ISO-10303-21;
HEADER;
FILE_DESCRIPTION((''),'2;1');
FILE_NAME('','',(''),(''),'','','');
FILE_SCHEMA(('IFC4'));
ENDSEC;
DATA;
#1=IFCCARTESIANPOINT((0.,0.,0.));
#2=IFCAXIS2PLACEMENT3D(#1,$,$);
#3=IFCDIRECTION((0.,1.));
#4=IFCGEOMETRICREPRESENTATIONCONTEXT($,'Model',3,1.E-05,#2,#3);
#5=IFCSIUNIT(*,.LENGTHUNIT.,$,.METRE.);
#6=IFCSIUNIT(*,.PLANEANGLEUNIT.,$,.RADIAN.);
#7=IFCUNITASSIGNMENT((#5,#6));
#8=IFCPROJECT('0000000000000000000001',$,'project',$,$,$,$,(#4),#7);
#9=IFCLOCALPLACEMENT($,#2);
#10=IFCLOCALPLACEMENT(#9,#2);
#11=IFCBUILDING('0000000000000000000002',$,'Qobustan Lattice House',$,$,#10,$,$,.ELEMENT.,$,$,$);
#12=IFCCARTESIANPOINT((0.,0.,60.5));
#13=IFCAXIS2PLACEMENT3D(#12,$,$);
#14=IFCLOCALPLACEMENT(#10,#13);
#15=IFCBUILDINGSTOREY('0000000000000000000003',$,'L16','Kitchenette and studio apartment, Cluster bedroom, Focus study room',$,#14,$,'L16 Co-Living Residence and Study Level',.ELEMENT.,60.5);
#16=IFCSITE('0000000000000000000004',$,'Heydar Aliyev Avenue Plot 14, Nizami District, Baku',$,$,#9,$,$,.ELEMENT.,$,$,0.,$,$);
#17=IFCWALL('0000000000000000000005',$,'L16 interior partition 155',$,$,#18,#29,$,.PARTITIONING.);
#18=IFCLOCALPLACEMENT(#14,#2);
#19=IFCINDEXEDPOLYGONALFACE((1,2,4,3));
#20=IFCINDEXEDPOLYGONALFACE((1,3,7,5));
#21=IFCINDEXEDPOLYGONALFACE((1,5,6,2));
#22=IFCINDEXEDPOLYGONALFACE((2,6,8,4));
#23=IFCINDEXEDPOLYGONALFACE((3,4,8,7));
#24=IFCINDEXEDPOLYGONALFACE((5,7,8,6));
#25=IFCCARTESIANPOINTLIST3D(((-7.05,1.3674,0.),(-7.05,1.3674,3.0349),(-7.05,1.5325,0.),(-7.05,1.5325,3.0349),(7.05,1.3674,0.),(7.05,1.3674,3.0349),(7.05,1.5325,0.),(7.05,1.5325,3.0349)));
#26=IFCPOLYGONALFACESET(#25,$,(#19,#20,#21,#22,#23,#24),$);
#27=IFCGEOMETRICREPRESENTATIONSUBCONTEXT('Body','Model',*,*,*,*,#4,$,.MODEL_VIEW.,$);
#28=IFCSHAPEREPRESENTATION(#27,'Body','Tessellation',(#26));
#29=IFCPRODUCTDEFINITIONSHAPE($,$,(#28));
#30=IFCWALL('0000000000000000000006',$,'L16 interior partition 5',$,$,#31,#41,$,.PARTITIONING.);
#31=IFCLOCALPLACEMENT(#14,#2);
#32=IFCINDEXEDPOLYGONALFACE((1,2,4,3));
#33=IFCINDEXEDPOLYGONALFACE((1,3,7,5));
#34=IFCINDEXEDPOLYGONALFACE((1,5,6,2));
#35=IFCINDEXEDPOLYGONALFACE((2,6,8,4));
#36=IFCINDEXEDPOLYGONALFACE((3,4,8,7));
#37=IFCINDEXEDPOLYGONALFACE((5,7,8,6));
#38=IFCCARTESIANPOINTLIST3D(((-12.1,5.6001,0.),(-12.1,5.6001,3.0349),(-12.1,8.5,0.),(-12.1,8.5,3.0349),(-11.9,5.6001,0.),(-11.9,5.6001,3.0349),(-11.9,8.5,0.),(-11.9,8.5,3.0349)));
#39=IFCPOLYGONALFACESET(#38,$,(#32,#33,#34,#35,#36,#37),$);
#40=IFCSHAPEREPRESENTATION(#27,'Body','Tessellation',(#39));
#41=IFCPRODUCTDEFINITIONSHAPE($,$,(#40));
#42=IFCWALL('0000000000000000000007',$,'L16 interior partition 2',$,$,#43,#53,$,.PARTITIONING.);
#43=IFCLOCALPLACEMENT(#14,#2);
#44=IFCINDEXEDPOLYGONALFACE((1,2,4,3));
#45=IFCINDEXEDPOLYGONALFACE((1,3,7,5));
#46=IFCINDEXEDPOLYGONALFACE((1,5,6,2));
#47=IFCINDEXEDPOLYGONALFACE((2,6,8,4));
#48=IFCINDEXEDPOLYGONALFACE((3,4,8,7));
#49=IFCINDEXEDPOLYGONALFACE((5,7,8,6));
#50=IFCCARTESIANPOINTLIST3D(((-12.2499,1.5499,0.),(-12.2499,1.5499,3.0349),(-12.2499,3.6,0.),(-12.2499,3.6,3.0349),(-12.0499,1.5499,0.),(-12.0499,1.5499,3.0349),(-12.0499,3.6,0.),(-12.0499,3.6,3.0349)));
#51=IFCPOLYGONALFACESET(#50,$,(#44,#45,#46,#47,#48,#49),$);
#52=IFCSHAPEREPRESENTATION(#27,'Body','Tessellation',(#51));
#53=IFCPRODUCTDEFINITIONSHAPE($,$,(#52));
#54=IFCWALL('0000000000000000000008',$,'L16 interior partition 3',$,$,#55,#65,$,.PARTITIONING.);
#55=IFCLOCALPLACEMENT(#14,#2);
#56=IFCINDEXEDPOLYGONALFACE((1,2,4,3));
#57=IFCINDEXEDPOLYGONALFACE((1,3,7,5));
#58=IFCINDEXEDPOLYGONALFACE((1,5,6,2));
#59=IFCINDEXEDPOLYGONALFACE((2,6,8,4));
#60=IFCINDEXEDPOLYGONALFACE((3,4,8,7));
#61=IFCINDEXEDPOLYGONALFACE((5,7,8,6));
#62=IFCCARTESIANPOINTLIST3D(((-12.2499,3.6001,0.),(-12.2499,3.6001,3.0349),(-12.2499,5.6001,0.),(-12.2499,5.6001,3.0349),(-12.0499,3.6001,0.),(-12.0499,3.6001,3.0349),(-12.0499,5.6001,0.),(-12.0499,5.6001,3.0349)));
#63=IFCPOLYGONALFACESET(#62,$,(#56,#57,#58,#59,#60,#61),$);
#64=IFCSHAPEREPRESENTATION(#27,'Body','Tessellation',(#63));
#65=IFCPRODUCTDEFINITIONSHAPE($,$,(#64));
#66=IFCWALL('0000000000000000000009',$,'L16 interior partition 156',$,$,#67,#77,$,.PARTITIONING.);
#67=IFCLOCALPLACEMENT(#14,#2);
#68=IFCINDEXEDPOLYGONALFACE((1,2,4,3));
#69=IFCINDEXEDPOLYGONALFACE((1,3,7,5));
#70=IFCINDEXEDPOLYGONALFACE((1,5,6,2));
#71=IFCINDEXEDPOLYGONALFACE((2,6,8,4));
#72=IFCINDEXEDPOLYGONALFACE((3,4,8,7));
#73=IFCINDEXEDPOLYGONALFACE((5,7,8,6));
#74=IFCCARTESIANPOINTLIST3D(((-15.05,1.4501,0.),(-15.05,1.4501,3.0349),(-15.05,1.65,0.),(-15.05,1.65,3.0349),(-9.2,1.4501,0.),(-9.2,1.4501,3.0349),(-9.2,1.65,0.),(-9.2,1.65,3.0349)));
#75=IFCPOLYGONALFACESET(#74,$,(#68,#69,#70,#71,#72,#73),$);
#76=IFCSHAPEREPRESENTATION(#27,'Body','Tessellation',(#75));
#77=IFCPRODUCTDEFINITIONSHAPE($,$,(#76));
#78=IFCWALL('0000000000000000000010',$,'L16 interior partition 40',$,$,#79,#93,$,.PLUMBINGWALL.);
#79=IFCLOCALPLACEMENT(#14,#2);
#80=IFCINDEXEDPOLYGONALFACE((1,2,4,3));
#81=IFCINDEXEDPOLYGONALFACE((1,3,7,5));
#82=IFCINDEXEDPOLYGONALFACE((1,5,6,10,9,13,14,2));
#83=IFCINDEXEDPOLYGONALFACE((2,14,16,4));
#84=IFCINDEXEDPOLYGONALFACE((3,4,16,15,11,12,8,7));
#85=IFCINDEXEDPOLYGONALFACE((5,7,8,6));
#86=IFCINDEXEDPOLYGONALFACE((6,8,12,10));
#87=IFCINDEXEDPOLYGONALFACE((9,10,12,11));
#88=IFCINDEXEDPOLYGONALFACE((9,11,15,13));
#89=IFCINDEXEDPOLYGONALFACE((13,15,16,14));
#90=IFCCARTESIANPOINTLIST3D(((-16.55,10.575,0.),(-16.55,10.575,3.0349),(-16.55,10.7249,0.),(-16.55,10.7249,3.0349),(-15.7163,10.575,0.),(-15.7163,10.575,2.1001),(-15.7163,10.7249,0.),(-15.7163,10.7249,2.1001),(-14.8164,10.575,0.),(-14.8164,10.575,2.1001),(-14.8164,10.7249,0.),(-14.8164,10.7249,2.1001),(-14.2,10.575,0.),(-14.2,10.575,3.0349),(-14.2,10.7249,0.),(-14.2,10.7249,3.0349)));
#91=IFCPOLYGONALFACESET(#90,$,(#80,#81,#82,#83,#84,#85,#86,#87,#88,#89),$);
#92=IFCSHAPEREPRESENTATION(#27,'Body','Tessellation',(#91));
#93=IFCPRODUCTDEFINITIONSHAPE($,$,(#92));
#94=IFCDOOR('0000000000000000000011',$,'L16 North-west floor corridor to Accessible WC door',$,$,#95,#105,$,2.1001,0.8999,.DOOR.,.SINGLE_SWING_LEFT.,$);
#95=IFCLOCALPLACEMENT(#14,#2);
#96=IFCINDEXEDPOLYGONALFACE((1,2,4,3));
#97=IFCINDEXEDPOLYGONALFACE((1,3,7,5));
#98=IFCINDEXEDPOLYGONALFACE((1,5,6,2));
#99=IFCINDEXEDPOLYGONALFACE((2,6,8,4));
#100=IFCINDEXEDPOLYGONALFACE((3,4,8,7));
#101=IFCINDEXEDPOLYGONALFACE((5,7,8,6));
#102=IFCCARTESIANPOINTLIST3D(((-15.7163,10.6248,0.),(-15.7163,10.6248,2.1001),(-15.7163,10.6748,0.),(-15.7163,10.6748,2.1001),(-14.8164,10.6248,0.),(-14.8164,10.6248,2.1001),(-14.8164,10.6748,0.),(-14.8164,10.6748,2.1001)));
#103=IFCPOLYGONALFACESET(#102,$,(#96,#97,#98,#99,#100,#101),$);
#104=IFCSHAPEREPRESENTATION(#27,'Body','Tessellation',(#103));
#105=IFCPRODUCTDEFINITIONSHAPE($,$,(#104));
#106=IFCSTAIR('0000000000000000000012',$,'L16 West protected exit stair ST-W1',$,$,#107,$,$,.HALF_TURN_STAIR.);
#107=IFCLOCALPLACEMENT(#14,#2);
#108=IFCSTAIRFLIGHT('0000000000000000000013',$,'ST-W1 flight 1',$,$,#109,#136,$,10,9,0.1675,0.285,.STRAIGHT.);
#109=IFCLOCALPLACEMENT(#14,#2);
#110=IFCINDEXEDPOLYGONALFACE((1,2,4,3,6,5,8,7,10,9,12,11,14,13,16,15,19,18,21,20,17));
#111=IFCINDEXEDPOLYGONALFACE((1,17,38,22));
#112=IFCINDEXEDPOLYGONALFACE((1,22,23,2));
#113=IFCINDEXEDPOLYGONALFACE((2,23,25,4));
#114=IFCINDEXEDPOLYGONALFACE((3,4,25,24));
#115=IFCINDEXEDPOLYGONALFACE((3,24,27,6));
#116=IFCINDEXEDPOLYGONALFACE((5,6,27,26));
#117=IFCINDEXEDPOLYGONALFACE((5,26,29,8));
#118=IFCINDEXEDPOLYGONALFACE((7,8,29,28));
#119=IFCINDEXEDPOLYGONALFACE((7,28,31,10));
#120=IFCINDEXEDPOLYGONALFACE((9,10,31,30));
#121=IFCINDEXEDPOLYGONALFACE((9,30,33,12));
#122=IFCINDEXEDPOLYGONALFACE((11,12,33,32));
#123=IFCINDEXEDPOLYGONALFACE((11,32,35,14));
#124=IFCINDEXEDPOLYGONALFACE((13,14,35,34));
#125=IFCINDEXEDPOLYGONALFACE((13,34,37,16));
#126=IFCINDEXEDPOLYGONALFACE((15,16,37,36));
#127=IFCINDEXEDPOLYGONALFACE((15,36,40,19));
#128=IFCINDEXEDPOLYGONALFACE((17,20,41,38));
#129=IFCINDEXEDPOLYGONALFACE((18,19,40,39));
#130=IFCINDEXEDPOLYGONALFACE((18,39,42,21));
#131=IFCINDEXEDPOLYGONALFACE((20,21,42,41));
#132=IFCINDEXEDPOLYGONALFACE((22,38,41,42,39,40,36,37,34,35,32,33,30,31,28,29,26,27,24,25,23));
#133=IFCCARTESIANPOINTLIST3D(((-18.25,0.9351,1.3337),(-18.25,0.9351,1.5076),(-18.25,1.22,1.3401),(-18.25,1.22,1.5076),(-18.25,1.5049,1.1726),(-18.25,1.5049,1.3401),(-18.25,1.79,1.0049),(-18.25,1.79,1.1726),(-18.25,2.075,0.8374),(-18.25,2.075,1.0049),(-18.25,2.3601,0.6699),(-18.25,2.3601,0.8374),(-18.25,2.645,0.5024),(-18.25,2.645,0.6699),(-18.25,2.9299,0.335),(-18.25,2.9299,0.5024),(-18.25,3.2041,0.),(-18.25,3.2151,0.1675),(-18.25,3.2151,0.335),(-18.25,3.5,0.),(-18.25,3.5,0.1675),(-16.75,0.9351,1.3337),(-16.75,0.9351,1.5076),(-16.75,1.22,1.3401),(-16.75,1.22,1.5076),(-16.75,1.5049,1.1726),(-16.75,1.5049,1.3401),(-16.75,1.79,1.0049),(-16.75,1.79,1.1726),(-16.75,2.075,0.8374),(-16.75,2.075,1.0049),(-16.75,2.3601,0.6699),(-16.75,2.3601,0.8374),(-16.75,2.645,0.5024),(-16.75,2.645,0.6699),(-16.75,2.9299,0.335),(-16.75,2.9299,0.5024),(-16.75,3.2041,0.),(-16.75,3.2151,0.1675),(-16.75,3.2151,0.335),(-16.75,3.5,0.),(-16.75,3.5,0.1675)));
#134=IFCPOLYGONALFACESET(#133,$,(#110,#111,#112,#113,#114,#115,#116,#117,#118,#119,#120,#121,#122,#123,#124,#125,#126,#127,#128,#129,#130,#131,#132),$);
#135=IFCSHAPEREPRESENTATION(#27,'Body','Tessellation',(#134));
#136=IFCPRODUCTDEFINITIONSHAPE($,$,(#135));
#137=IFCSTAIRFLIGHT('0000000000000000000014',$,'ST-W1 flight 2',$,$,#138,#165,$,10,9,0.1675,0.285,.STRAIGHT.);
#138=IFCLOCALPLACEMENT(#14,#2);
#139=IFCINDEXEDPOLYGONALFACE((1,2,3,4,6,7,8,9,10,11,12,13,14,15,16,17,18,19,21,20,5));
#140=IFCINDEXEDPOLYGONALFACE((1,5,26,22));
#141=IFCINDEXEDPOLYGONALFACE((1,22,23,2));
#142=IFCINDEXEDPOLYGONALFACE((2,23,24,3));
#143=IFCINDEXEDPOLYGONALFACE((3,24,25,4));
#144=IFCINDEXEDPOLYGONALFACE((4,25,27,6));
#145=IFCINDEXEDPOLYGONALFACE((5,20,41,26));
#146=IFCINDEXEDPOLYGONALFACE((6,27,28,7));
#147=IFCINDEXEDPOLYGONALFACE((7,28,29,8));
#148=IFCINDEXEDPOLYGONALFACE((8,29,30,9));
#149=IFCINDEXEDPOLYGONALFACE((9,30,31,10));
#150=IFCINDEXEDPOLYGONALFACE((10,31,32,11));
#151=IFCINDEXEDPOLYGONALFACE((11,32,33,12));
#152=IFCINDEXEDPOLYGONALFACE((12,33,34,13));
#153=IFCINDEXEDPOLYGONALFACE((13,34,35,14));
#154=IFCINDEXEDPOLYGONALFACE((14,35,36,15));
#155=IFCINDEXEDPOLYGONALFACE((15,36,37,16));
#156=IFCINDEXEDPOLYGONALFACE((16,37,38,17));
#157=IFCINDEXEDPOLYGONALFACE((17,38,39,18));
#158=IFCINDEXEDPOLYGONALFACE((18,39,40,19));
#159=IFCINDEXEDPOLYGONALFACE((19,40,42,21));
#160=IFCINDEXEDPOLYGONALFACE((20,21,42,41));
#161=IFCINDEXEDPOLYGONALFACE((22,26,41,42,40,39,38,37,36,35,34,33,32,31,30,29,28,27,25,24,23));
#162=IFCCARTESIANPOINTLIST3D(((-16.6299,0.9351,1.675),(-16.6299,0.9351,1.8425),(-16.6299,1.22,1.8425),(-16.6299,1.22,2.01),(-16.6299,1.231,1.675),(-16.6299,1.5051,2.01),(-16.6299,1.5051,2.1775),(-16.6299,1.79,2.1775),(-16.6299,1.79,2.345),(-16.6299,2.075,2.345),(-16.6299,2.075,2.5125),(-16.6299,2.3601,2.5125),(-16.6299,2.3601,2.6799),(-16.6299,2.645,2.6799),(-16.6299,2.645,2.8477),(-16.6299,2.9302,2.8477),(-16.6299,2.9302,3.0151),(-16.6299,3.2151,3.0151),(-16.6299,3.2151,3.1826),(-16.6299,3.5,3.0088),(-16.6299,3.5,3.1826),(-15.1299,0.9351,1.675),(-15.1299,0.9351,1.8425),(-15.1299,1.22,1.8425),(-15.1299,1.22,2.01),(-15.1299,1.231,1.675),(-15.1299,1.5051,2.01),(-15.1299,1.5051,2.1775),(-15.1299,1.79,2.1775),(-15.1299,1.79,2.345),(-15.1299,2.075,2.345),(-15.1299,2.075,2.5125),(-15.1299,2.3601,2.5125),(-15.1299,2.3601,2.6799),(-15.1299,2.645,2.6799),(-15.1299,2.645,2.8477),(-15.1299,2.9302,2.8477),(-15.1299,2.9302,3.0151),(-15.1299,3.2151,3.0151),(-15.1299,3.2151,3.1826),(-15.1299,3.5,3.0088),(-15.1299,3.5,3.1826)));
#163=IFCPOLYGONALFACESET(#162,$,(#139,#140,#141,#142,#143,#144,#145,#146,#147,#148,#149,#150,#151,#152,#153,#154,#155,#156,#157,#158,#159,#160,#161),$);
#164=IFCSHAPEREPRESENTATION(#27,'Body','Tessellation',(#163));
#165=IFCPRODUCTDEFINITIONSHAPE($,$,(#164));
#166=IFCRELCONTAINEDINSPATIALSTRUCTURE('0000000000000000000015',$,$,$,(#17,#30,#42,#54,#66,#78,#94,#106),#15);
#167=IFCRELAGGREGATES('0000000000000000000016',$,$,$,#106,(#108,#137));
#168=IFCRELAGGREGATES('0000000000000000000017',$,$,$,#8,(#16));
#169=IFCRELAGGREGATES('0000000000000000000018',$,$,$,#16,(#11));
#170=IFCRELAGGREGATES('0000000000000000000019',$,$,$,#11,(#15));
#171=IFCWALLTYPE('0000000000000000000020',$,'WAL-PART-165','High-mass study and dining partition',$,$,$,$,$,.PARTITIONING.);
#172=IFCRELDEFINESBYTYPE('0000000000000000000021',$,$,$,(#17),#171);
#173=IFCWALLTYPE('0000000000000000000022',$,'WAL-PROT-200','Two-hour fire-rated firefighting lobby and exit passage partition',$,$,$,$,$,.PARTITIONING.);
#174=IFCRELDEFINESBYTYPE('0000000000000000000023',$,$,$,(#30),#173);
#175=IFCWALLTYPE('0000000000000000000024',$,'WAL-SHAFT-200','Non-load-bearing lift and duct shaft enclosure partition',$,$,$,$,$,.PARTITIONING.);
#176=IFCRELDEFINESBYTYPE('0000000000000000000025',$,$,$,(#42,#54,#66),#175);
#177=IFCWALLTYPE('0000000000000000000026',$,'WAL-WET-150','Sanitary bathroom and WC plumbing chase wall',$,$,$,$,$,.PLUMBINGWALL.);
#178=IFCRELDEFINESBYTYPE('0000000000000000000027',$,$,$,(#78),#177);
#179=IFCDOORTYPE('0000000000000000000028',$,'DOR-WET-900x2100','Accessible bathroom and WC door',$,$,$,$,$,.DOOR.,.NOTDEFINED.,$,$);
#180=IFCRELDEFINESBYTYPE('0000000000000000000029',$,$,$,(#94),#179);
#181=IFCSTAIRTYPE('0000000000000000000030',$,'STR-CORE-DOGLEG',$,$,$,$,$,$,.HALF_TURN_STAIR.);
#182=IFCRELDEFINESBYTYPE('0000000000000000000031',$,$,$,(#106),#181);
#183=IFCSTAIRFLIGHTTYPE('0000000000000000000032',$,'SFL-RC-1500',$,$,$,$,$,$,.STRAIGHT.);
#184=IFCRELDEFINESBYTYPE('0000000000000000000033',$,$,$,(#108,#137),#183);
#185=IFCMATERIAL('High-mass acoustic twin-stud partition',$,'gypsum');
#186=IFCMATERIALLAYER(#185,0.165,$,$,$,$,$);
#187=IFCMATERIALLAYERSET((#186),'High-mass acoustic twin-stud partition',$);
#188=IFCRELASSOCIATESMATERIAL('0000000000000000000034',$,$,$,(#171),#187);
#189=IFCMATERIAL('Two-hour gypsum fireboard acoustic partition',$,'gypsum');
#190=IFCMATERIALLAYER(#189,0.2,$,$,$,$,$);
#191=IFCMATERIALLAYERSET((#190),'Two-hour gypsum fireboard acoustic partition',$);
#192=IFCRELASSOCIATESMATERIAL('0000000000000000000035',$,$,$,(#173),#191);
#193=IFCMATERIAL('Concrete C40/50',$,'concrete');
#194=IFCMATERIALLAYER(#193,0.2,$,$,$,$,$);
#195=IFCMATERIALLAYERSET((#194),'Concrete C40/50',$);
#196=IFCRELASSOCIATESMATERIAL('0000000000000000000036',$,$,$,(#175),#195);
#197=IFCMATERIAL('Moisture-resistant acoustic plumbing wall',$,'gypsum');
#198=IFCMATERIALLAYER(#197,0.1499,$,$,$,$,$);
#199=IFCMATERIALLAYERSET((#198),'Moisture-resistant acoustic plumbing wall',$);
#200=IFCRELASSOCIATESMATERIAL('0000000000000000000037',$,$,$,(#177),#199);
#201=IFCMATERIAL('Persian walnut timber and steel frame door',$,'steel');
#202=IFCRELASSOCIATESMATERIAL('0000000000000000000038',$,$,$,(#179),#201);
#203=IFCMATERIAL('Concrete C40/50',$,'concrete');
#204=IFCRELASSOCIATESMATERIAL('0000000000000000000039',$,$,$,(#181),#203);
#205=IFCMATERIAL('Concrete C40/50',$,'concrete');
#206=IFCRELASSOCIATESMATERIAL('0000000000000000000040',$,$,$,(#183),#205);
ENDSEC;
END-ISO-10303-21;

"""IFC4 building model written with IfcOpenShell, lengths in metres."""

from ifc_helpers import new_model, si_unit, direction, frame, frame_2d, origin, place, context, subcontext, project, spatial, polyline, rectangle, outline, extrude, material, layer, layer_set, type_object, element, fill, aggregate, save


model = new_model("IFC4")

# Units and contexts
model_context = context("Model", 3, precision=1e-05, world=origin(), true_north=direction((0.0, 1.0)))
body_context = subcontext(model_context, "Body", "Model", "MODEL_VIEW")
ifc_project = project(units=[si_unit("LENGTHUNIT", "METRE"), si_unit("PLANEANGLEUNIT", "RADIAN")], contexts=[model_context])

# Site, building, storey
site_placement = place(None, origin())
site = spatial("IfcSite", under=ifc_project, at=site_placement, Name="Heydar Aliyev Avenue Plot 14, Nizami District, Baku", CompositionType="ELEMENT", RefElevation=0.0)
building_placement = place(site_placement, origin())
building = spatial("IfcBuilding", under=site, at=building_placement, Name="Qobustan Lattice House", CompositionType="ELEMENT")
storey_placement = place(building_placement, frame((0.0, 0.0, 60.5)))
storey = spatial("IfcBuildingStorey", under=building, at=storey_placement, Name="L16", Description="Kitchenette and studio apartment, Cluster bedroom, Focus study room", LongName="L16 Co-Living Residence and Study Level", CompositionType="ELEMENT", Elevation=60.5)

# Wall
ifc_material_1 = material(Name="High-mass acoustic twin-stud partition", Category="gypsum")
ifc_layer_1 = layer(ifc_material_1, 0.165)
ifc_layer_set_1 = layer_set([ifc_layer_1], Name="High-mass acoustic twin-stud partition")
wall_type_1 = type_object("IfcWallType", Name="WAL-PART-165", Description="High-mass study and dining partition", PredefinedType="PARTITIONING", material=ifc_layer_set_1)
wall_1_placement = place(storey_placement, frame((-7.05, 1.45, 0.0), z_axis=(0.0, 0.0, 1.0), x_axis=(1.0, 0.0, 0.0)))
element("IfcWall", 1, at=wall_1_placement, inside=storey, type_object=wall_type_1, Name="L16 interior partition 155", PredefinedType="PARTITIONING", context=body_context, shape_type="SweptSolid", body=[
    extrude(rectangle(XDim=14.1001, YDim=0.165, at=frame_2d((7.05, 0.0))), origin(), (0.0, 0.0, 1.0), 3.0349),
])

# Shared definitions
ifc_material_2 = material(Name="Two-hour gypsum fireboard acoustic partition", Category="gypsum")
ifc_layer_2 = layer(ifc_material_2, 0.2)
ifc_layer_set_2 = layer_set([ifc_layer_2], Name="Two-hour gypsum fireboard acoustic partition")
wall_type_2 = type_object("IfcWallType", Name="WAL-PROT-200", Description="Two-hour fire-rated firefighting lobby and exit passage partition", PredefinedType="PARTITIONING", material=ifc_layer_set_2)

# Walls
wall_2_placement = place(storey_placement, frame((-12.0, 5.6001, 0.0), z_axis=(0.0, 0.0, 1.0), x_axis=(0.0, 1.0, 0.0)))
element("IfcWall", 2, at=wall_2_placement, inside=storey, type_object=wall_type_2, Name="L16 interior partition 5", PredefinedType="PARTITIONING", context=body_context, shape_type="SweptSolid", body=[
    extrude(rectangle(XDim=2.8999, YDim=0.2, at=frame_2d((1.45, 0.0))), origin(), (0.0, 0.0, 1.0), 3.0349),
])
ifc_material_3 = material(Name="Concrete C40/50", Category="concrete")
ifc_layer_3 = layer(ifc_material_3, 0.2)
ifc_layer_set_3 = layer_set([ifc_layer_3], Name="Concrete C40/50")
wall_type_3 = type_object("IfcWallType", Name="WAL-SHAFT-200", Description="Non-load-bearing lift and duct shaft enclosure partition", PredefinedType="PARTITIONING", material=ifc_layer_set_3)
wall_3_placement = place(storey_placement, frame((-12.1499, 1.55, 0.0), z_axis=(0.0, 0.0, 1.0), x_axis=(0.0, 1.0, 0.0)))
element("IfcWall", 3, at=wall_3_placement, inside=storey, type_object=wall_type_3, Name="L16 interior partition 2", PredefinedType="PARTITIONING", context=body_context, shape_type="SweptSolid", body=[
    extrude(rectangle(XDim=2.05, YDim=0.2, at=frame_2d((1.0249, 0.0))), origin(), (0.0, 0.0, 1.0), 3.0349),
])
wall_4_placement = place(storey_placement, frame((-12.1499, 3.6001, 0.0), z_axis=(0.0, 0.0, 1.0), x_axis=(0.0, 1.0, 0.0)))
element("IfcWall", 4, at=wall_4_placement, inside=storey, type_object=wall_type_3, Name="L16 interior partition 3", PredefinedType="PARTITIONING", context=body_context, shape_type="SweptSolid", body=[
    extrude(rectangle(XDim=2.0, YDim=0.2, at=frame_2d((1.0, 0.0))), origin(), (0.0, 0.0, 1.0), 3.0349),
])
wall_5_placement = place(storey_placement, frame((-15.05, 1.55, 0.0), z_axis=(0.0, 0.0, 1.0), x_axis=(1.0, 0.0, 0.0)))
element("IfcWall", 5, at=wall_5_placement, inside=storey, type_object=wall_type_3, Name="L16 interior partition 156", PredefinedType="PARTITIONING", context=body_context, shape_type="SweptSolid", body=[
    extrude(rectangle(XDim=5.8501, YDim=0.2, at=frame_2d((2.925, 0.0))), origin(), (0.0, 0.0, 1.0), 3.0349),
])

# Wall, opening, door
ifc_material_4 = material(Name="Moisture-resistant acoustic plumbing wall", Category="gypsum")
ifc_layer_4 = layer(ifc_material_4, 0.1499)
ifc_layer_set_4 = layer_set([ifc_layer_4], Name="Moisture-resistant acoustic plumbing wall")
wall_type_4 = type_object("IfcWallType", Name="WAL-WET-150", Description="Sanitary bathroom and WC plumbing chase wall", PredefinedType="PLUMBINGWALL", material=ifc_layer_set_4)
wall_6_placement = place(storey_placement, frame((-16.55, 10.6499, 0.0), z_axis=(0.0, 0.0, 1.0), x_axis=(1.0, 0.0, 0.0)))
wall_6 = element("IfcWall", 6, at=wall_6_placement, inside=storey, type_object=wall_type_4, Name="L16 interior partition 40", PredefinedType="PLUMBINGWALL", context=body_context, shape_type="SweptSolid", body=[
    extrude(rectangle(XDim=2.3501, YDim=0.1499, at=frame_2d((1.175, 0.0))), origin(), (0.0, 0.0, 1.0), 3.0349),
])
opening_1_placement = place(wall_6_placement, frame((0.8337, 0.0, 0.0)))
opening_1 = element("IfcOpeningElement", 7, at=opening_1_placement, cuts=wall_6, PredefinedType="OPENING", context=body_context, shape_type="SweptSolid", body=[
    extrude(rectangle(XDim=0.8999, YDim=2.1001, at=frame_2d((0.45, 1.05))), frame((0.0, 0.085, 0.0), z_axis=(0.0, -1.0, 0.0), x_axis=(1.0, 0.0, 0.0)), (0.0, 0.0, 1.0), 0.1699),
])
ifc_material_5 = material(Name="Persian walnut timber and steel frame door", Category="steel")
door_type_1 = type_object("IfcDoorType", Name="DOR-WET-900x2100", Description="Accessible bathroom and WC door", OperationType="NOTDEFINED", PredefinedType="DOOR", material=ifc_material_5)
door_1_placement = place(opening_1_placement, origin())
door_1 = element("IfcDoor", 8, at=door_1_placement, inside=storey, type_object=door_type_1, Name="L16 North-west floor corridor to Accessible WC door", OperationType="SINGLE_SWING_LEFT", OverallHeight=2.1001, OverallWidth=0.8999, PredefinedType="DOOR", context=body_context, shape_type="SweptSolid", body=[
    extrude(rectangle(XDim=0.8999, YDim=2.1001, at=frame_2d((0.45, 1.05))), frame((0.0, 0.0249, 0.0), z_axis=(0.0, -1.0, 0.0), x_axis=(1.0, 0.0, 0.0)), (0.0, 0.0, 1.0), 0.05),
])
fill(opening_1, door_1)

# Stair, stair flights
ifc_material_6 = material(Name="Concrete C40/50", Category="concrete")
stair_type = type_object("IfcStairType", Name="STR-CORE-DOGLEG", PredefinedType="HALF_TURN_STAIR", material=ifc_material_6)
stair_placement = place(storey_placement, origin())
stair = element("IfcStair", 9, at=stair_placement, inside=storey, type_object=stair_type, Name="L16 West protected exit stair ST-W1", PredefinedType="HALF_TURN_STAIR")
ifc_material_7 = material(Name="Concrete C40/50", Category="concrete")
stair_flight_type = type_object("IfcStairFlightType", Name="SFL-RC-1500", PredefinedType="STRAIGHT", material=ifc_material_7)
stair_flight_1_placement = place(storey_placement, frame((-17.5, 3.5, 0.0), z_axis=(0.0, 0.0, 1.0), x_axis=(0.0, -1.0, 0.0)))
stair_flight_1 = element("IfcStairFlight", 10, at=stair_flight_1_placement, type_object=stair_flight_type, Name="ST-W1 flight 1", NumberOfRisers=10, NumberOfTreads=9, PredefinedType="STRAIGHT", RiserHeight=0.1675, TreadLength=0.285, context=body_context, shape_type="SweptSolid", body=[
    extrude(outline(polyline([(0.0, 0.0), (0.0, 0.1675), (0.2849, 0.1675), (0.2849, 0.335), (0.5701, 0.335), (0.5701, 0.5024), (0.855, 0.5024), (0.855, 0.6699), (1.1399, 0.6699), (1.1399, 0.8374), (1.425, 0.8374), (1.425, 1.0049), (1.71, 1.0049), (1.71, 1.1726), (1.9951, 1.1726), (1.9951, 1.3401), (2.28, 1.3401), (2.28, 1.5076), (2.5649, 1.5076), (2.5649, 1.675), (2.5649, 1.3337), (0.2959, 0.0), (0.0, 0.0)])), frame((0.0, 0.75, 0.0), z_axis=(0.0, -1.0, 0.0), x_axis=(1.0, 0.0, 0.0)), (0.0, 0.0, 1.0), 1.5),
])
stair_flight_2_placement = place(storey_placement, frame((-15.8799, 0.9351, 1.675), z_axis=(0.0, 0.0, 1.0), x_axis=(0.0, 1.0, 0.0)))
stair_flight_2 = element("IfcStairFlight", 11, at=stair_flight_2_placement, type_object=stair_flight_type, Name="ST-W1 flight 2", NumberOfRisers=10, NumberOfTreads=9, PredefinedType="STRAIGHT", RiserHeight=0.1675, TreadLength=0.285, context=body_context, shape_type="SweptSolid", body=[
    extrude(outline(polyline([(0.0, 0.0), (0.0, 0.1675), (0.2849, 0.1675), (0.2849, 0.335), (0.5701, 0.335), (0.5701, 0.5024), (0.855, 0.5024), (0.855, 0.6699), (1.1399, 0.6699), (1.1399, 0.8374), (1.425, 0.8374), (1.425, 1.0049), (1.71, 1.0049), (1.71, 1.1726), (1.9951, 1.1726), (1.9951, 1.3401), (2.28, 1.3401), (2.28, 1.5076), (2.5649, 1.5076), (2.5649, 1.675), (2.5649, 1.3337), (0.2959, 0.0), (0.0, 0.0)])), frame((0.0, 0.75, 0.0), z_axis=(0.0, -1.0, 0.0), x_axis=(1.0, 0.0, 0.0)), (0.0, 0.0, 1.0), 1.5),
])
aggregate(stair, [stair_flight_1, stair_flight_2])

save(model, "model.ifc")
